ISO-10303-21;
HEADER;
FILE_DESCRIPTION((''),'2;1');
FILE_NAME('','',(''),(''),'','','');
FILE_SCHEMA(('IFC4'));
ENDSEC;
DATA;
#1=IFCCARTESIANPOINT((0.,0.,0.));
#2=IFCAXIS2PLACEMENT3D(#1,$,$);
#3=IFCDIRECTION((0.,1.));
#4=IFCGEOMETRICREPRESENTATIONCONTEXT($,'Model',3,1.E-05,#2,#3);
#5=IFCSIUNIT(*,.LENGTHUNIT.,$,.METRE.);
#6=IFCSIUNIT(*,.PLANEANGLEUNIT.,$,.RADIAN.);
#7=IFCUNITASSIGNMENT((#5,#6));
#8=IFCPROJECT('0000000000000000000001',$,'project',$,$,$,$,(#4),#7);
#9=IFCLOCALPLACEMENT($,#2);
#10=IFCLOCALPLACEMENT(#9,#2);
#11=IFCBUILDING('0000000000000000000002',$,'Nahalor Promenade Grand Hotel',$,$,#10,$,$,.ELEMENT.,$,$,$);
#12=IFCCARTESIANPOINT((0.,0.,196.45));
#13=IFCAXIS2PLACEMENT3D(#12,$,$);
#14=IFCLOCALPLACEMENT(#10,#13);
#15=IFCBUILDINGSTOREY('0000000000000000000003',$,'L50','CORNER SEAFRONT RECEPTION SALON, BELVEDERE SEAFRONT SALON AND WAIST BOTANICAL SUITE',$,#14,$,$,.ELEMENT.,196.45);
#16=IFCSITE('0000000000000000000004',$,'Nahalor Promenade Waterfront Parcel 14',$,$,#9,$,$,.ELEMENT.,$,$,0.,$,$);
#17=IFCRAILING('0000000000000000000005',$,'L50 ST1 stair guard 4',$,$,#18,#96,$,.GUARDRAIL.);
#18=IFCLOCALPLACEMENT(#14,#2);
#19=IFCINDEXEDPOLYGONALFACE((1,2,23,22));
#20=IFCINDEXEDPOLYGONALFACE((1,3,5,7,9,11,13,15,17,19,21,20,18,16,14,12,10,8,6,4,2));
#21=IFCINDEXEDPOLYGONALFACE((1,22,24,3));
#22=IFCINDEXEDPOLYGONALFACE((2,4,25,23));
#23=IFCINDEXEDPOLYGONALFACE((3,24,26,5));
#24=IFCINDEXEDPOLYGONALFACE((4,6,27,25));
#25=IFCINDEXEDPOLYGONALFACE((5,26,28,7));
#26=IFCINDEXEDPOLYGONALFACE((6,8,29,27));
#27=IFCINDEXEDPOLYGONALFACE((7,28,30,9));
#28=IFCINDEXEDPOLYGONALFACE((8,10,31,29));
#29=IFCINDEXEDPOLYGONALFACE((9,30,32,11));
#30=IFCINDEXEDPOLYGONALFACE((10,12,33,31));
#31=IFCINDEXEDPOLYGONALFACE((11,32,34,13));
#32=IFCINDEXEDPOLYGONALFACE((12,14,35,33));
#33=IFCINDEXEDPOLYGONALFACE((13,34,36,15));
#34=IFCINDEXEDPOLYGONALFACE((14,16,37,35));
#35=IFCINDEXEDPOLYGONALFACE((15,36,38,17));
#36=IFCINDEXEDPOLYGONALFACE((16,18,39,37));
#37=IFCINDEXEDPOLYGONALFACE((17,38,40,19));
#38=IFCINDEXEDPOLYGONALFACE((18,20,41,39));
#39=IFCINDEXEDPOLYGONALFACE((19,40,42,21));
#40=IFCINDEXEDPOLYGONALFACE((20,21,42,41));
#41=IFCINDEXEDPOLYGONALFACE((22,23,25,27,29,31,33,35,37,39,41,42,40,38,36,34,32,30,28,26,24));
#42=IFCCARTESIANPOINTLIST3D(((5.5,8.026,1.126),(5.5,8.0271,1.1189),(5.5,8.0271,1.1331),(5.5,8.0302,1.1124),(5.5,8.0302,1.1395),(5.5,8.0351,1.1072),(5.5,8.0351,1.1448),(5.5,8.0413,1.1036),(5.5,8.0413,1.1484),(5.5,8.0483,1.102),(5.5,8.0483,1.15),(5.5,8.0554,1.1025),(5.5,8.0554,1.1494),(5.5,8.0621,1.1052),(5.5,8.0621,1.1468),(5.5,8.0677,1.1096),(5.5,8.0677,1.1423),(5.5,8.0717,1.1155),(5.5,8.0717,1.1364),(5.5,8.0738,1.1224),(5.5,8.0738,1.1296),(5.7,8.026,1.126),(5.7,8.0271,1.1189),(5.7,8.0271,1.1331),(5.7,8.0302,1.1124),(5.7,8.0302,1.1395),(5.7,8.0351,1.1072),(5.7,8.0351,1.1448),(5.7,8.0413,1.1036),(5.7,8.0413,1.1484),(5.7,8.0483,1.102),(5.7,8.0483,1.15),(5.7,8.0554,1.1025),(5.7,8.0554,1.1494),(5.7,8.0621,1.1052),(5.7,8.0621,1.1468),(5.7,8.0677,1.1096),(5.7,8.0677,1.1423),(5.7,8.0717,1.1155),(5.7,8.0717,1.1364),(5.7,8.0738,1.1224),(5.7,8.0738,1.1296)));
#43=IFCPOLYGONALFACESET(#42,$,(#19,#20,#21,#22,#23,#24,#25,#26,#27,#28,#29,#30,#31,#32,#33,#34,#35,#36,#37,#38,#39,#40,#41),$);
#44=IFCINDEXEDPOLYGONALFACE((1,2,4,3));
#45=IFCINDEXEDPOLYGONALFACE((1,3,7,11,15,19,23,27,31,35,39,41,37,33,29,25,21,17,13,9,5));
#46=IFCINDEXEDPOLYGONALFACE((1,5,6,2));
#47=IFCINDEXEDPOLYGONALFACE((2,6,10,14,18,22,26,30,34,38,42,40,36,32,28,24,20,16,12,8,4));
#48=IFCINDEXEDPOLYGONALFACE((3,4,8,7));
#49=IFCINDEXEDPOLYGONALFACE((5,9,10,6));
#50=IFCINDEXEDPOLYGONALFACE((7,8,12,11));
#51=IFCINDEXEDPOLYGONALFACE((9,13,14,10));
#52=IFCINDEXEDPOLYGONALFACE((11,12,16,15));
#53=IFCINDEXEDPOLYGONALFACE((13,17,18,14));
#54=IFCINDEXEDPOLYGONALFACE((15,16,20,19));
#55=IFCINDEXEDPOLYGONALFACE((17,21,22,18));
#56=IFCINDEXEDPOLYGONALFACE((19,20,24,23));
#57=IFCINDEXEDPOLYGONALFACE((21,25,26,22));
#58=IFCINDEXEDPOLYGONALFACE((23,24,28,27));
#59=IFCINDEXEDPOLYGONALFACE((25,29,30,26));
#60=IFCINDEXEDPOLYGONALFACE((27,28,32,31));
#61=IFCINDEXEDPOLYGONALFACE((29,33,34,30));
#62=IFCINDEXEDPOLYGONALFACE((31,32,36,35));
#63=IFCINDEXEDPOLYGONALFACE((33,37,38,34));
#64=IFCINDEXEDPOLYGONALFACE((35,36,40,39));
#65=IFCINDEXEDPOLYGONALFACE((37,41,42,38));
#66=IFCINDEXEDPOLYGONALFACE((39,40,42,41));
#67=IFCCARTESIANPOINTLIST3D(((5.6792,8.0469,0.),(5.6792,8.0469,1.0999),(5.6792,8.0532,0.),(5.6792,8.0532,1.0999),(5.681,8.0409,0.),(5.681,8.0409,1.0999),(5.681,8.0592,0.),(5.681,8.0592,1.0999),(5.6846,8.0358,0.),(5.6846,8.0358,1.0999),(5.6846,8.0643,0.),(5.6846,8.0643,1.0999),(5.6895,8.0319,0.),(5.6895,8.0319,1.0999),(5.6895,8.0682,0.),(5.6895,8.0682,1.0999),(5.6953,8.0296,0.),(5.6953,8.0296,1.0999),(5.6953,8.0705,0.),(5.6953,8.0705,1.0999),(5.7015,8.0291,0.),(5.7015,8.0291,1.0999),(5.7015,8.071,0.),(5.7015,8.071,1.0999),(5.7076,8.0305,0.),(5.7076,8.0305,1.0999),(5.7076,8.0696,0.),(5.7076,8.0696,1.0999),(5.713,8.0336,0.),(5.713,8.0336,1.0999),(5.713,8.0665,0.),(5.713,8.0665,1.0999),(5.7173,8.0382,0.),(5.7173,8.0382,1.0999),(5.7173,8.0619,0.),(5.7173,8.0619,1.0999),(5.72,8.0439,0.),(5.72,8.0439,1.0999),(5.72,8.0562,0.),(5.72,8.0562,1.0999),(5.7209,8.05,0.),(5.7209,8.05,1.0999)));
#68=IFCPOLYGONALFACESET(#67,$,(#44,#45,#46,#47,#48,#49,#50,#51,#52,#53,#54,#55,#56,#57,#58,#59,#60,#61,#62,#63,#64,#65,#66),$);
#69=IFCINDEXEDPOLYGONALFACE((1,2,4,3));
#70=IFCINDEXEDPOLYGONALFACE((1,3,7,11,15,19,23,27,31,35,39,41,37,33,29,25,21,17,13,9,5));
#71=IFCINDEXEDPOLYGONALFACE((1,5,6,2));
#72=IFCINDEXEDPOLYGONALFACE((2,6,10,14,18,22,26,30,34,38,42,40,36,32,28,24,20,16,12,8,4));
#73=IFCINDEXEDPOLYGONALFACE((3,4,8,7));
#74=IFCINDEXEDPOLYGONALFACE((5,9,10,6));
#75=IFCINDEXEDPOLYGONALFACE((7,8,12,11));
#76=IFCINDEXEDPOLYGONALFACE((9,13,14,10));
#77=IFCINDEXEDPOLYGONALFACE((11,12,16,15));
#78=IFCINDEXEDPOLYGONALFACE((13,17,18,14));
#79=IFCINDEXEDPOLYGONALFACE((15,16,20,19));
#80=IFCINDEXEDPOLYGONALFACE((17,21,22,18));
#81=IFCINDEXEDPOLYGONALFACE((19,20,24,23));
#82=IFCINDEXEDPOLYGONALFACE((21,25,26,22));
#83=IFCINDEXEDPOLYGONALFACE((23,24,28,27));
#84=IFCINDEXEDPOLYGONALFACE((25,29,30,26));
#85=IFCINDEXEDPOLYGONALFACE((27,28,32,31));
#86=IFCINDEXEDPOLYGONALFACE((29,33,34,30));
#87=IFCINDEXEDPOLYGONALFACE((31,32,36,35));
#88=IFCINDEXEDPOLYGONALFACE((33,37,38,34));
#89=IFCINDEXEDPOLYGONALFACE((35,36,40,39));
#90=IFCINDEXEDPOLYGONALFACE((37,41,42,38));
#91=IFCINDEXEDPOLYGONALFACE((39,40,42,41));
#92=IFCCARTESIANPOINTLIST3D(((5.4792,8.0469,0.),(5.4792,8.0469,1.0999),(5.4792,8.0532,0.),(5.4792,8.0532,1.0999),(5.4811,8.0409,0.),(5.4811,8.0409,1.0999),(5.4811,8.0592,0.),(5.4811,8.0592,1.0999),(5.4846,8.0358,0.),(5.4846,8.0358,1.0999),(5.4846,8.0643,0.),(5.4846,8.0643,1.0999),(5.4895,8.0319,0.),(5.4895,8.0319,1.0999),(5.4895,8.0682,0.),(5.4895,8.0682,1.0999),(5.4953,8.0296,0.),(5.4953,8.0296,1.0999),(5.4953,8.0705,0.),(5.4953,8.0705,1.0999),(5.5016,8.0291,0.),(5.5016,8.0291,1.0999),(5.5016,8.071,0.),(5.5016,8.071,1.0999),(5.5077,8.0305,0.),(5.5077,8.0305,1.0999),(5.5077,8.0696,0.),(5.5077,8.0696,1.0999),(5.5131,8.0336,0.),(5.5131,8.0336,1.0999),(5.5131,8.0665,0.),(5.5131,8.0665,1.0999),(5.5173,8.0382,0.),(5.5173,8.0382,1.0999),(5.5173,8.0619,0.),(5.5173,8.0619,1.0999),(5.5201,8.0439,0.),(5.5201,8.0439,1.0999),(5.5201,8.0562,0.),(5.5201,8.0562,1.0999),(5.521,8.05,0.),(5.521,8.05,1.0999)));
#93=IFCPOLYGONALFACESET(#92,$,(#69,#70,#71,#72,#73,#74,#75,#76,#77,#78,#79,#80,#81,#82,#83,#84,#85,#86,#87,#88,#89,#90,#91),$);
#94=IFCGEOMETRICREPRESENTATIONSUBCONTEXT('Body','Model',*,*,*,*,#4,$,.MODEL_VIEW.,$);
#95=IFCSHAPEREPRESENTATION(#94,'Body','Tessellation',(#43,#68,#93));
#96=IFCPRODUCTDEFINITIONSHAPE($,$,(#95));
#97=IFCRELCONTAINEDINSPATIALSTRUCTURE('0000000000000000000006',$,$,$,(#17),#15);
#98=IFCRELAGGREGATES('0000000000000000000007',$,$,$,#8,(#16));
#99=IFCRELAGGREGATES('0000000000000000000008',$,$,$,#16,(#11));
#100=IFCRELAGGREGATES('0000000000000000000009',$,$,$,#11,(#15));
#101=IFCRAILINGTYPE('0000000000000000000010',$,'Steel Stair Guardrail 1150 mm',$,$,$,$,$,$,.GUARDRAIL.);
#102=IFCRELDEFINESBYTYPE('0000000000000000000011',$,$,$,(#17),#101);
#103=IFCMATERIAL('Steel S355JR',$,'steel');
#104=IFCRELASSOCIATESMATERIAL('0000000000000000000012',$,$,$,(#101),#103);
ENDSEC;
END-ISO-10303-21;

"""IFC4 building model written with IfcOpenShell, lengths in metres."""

from ifc_helpers import new_model, si_unit, direction, frame, origin, origin_2d, place, context, subcontext, project, spatial, circle, extrude, material, type_object, element, save


model = new_model("IFC4")

# Units and contexts
model_context = context("Model", 3, precision=1e-05, world=origin(), true_north=direction((0.0, 1.0)))
body_context = subcontext(model_context, "Body", "Model", "MODEL_VIEW")
ifc_project = project(units=[si_unit("LENGTHUNIT", "METRE"), si_unit("PLANEANGLEUNIT", "RADIAN")], contexts=[model_context])

# Site, building, storey
site_placement = place(None, origin())
site = spatial("IfcSite", under=ifc_project, at=site_placement, Name="Nahalor Promenade Waterfront Parcel 14", CompositionType="ELEMENT", RefElevation=0.0)
building_placement = place(site_placement, origin())
building = spatial("IfcBuilding", under=site, at=building_placement, Name="Nahalor Promenade Grand Hotel", CompositionType="ELEMENT")
storey_placement = place(building_placement, frame((0.0, 0.0, 196.45)))
storey = spatial("IfcBuildingStorey", under=building, at=storey_placement, Name="L50", Description="CORNER SEAFRONT RECEPTION SALON, BELVEDERE SEAFRONT SALON AND WAIST BOTANICAL SUITE", CompositionType="ELEMENT", Elevation=196.45)

# Shared definitions
ifc_material_1 = material(Name="Steel S355JR", Category="steel")

# Railing
railing_type_1 = type_object("IfcRailingType", Name="Steel Stair Guardrail 1150 mm", PredefinedType="GUARDRAIL", material=ifc_material_1)
railing_1_placement = place(storey_placement, frame((5.7, 8.05, 0.0)))
element("IfcRailing", 1, at=railing_1_placement, inside=storey, type_object=railing_type_1, Name="L50 ST1 stair guard 4", PredefinedType="GUARDRAIL", context=body_context, shape_type="SweptSolid", body=[
    extrude(circle(Radius=0.024, at=origin_2d()), frame((0.0, 0.0, 1.126), z_axis=(-1.0, 0.0, 0.0), x_axis=(0.0, -1.0, 0.0)), (0.0, 0.0, 1.0), 0.2),
    extrude(circle(Radius=0.021, at=origin_2d()), origin(), (0.0, 0.0, 1.0), 1.0999),
    extrude(circle(Radius=0.021, at=origin_2d()), frame((-0.2, 0.0, 0.0)), (0.0, 0.0, 1.0), 1.0999),
])

save(model, "model.ifc")
